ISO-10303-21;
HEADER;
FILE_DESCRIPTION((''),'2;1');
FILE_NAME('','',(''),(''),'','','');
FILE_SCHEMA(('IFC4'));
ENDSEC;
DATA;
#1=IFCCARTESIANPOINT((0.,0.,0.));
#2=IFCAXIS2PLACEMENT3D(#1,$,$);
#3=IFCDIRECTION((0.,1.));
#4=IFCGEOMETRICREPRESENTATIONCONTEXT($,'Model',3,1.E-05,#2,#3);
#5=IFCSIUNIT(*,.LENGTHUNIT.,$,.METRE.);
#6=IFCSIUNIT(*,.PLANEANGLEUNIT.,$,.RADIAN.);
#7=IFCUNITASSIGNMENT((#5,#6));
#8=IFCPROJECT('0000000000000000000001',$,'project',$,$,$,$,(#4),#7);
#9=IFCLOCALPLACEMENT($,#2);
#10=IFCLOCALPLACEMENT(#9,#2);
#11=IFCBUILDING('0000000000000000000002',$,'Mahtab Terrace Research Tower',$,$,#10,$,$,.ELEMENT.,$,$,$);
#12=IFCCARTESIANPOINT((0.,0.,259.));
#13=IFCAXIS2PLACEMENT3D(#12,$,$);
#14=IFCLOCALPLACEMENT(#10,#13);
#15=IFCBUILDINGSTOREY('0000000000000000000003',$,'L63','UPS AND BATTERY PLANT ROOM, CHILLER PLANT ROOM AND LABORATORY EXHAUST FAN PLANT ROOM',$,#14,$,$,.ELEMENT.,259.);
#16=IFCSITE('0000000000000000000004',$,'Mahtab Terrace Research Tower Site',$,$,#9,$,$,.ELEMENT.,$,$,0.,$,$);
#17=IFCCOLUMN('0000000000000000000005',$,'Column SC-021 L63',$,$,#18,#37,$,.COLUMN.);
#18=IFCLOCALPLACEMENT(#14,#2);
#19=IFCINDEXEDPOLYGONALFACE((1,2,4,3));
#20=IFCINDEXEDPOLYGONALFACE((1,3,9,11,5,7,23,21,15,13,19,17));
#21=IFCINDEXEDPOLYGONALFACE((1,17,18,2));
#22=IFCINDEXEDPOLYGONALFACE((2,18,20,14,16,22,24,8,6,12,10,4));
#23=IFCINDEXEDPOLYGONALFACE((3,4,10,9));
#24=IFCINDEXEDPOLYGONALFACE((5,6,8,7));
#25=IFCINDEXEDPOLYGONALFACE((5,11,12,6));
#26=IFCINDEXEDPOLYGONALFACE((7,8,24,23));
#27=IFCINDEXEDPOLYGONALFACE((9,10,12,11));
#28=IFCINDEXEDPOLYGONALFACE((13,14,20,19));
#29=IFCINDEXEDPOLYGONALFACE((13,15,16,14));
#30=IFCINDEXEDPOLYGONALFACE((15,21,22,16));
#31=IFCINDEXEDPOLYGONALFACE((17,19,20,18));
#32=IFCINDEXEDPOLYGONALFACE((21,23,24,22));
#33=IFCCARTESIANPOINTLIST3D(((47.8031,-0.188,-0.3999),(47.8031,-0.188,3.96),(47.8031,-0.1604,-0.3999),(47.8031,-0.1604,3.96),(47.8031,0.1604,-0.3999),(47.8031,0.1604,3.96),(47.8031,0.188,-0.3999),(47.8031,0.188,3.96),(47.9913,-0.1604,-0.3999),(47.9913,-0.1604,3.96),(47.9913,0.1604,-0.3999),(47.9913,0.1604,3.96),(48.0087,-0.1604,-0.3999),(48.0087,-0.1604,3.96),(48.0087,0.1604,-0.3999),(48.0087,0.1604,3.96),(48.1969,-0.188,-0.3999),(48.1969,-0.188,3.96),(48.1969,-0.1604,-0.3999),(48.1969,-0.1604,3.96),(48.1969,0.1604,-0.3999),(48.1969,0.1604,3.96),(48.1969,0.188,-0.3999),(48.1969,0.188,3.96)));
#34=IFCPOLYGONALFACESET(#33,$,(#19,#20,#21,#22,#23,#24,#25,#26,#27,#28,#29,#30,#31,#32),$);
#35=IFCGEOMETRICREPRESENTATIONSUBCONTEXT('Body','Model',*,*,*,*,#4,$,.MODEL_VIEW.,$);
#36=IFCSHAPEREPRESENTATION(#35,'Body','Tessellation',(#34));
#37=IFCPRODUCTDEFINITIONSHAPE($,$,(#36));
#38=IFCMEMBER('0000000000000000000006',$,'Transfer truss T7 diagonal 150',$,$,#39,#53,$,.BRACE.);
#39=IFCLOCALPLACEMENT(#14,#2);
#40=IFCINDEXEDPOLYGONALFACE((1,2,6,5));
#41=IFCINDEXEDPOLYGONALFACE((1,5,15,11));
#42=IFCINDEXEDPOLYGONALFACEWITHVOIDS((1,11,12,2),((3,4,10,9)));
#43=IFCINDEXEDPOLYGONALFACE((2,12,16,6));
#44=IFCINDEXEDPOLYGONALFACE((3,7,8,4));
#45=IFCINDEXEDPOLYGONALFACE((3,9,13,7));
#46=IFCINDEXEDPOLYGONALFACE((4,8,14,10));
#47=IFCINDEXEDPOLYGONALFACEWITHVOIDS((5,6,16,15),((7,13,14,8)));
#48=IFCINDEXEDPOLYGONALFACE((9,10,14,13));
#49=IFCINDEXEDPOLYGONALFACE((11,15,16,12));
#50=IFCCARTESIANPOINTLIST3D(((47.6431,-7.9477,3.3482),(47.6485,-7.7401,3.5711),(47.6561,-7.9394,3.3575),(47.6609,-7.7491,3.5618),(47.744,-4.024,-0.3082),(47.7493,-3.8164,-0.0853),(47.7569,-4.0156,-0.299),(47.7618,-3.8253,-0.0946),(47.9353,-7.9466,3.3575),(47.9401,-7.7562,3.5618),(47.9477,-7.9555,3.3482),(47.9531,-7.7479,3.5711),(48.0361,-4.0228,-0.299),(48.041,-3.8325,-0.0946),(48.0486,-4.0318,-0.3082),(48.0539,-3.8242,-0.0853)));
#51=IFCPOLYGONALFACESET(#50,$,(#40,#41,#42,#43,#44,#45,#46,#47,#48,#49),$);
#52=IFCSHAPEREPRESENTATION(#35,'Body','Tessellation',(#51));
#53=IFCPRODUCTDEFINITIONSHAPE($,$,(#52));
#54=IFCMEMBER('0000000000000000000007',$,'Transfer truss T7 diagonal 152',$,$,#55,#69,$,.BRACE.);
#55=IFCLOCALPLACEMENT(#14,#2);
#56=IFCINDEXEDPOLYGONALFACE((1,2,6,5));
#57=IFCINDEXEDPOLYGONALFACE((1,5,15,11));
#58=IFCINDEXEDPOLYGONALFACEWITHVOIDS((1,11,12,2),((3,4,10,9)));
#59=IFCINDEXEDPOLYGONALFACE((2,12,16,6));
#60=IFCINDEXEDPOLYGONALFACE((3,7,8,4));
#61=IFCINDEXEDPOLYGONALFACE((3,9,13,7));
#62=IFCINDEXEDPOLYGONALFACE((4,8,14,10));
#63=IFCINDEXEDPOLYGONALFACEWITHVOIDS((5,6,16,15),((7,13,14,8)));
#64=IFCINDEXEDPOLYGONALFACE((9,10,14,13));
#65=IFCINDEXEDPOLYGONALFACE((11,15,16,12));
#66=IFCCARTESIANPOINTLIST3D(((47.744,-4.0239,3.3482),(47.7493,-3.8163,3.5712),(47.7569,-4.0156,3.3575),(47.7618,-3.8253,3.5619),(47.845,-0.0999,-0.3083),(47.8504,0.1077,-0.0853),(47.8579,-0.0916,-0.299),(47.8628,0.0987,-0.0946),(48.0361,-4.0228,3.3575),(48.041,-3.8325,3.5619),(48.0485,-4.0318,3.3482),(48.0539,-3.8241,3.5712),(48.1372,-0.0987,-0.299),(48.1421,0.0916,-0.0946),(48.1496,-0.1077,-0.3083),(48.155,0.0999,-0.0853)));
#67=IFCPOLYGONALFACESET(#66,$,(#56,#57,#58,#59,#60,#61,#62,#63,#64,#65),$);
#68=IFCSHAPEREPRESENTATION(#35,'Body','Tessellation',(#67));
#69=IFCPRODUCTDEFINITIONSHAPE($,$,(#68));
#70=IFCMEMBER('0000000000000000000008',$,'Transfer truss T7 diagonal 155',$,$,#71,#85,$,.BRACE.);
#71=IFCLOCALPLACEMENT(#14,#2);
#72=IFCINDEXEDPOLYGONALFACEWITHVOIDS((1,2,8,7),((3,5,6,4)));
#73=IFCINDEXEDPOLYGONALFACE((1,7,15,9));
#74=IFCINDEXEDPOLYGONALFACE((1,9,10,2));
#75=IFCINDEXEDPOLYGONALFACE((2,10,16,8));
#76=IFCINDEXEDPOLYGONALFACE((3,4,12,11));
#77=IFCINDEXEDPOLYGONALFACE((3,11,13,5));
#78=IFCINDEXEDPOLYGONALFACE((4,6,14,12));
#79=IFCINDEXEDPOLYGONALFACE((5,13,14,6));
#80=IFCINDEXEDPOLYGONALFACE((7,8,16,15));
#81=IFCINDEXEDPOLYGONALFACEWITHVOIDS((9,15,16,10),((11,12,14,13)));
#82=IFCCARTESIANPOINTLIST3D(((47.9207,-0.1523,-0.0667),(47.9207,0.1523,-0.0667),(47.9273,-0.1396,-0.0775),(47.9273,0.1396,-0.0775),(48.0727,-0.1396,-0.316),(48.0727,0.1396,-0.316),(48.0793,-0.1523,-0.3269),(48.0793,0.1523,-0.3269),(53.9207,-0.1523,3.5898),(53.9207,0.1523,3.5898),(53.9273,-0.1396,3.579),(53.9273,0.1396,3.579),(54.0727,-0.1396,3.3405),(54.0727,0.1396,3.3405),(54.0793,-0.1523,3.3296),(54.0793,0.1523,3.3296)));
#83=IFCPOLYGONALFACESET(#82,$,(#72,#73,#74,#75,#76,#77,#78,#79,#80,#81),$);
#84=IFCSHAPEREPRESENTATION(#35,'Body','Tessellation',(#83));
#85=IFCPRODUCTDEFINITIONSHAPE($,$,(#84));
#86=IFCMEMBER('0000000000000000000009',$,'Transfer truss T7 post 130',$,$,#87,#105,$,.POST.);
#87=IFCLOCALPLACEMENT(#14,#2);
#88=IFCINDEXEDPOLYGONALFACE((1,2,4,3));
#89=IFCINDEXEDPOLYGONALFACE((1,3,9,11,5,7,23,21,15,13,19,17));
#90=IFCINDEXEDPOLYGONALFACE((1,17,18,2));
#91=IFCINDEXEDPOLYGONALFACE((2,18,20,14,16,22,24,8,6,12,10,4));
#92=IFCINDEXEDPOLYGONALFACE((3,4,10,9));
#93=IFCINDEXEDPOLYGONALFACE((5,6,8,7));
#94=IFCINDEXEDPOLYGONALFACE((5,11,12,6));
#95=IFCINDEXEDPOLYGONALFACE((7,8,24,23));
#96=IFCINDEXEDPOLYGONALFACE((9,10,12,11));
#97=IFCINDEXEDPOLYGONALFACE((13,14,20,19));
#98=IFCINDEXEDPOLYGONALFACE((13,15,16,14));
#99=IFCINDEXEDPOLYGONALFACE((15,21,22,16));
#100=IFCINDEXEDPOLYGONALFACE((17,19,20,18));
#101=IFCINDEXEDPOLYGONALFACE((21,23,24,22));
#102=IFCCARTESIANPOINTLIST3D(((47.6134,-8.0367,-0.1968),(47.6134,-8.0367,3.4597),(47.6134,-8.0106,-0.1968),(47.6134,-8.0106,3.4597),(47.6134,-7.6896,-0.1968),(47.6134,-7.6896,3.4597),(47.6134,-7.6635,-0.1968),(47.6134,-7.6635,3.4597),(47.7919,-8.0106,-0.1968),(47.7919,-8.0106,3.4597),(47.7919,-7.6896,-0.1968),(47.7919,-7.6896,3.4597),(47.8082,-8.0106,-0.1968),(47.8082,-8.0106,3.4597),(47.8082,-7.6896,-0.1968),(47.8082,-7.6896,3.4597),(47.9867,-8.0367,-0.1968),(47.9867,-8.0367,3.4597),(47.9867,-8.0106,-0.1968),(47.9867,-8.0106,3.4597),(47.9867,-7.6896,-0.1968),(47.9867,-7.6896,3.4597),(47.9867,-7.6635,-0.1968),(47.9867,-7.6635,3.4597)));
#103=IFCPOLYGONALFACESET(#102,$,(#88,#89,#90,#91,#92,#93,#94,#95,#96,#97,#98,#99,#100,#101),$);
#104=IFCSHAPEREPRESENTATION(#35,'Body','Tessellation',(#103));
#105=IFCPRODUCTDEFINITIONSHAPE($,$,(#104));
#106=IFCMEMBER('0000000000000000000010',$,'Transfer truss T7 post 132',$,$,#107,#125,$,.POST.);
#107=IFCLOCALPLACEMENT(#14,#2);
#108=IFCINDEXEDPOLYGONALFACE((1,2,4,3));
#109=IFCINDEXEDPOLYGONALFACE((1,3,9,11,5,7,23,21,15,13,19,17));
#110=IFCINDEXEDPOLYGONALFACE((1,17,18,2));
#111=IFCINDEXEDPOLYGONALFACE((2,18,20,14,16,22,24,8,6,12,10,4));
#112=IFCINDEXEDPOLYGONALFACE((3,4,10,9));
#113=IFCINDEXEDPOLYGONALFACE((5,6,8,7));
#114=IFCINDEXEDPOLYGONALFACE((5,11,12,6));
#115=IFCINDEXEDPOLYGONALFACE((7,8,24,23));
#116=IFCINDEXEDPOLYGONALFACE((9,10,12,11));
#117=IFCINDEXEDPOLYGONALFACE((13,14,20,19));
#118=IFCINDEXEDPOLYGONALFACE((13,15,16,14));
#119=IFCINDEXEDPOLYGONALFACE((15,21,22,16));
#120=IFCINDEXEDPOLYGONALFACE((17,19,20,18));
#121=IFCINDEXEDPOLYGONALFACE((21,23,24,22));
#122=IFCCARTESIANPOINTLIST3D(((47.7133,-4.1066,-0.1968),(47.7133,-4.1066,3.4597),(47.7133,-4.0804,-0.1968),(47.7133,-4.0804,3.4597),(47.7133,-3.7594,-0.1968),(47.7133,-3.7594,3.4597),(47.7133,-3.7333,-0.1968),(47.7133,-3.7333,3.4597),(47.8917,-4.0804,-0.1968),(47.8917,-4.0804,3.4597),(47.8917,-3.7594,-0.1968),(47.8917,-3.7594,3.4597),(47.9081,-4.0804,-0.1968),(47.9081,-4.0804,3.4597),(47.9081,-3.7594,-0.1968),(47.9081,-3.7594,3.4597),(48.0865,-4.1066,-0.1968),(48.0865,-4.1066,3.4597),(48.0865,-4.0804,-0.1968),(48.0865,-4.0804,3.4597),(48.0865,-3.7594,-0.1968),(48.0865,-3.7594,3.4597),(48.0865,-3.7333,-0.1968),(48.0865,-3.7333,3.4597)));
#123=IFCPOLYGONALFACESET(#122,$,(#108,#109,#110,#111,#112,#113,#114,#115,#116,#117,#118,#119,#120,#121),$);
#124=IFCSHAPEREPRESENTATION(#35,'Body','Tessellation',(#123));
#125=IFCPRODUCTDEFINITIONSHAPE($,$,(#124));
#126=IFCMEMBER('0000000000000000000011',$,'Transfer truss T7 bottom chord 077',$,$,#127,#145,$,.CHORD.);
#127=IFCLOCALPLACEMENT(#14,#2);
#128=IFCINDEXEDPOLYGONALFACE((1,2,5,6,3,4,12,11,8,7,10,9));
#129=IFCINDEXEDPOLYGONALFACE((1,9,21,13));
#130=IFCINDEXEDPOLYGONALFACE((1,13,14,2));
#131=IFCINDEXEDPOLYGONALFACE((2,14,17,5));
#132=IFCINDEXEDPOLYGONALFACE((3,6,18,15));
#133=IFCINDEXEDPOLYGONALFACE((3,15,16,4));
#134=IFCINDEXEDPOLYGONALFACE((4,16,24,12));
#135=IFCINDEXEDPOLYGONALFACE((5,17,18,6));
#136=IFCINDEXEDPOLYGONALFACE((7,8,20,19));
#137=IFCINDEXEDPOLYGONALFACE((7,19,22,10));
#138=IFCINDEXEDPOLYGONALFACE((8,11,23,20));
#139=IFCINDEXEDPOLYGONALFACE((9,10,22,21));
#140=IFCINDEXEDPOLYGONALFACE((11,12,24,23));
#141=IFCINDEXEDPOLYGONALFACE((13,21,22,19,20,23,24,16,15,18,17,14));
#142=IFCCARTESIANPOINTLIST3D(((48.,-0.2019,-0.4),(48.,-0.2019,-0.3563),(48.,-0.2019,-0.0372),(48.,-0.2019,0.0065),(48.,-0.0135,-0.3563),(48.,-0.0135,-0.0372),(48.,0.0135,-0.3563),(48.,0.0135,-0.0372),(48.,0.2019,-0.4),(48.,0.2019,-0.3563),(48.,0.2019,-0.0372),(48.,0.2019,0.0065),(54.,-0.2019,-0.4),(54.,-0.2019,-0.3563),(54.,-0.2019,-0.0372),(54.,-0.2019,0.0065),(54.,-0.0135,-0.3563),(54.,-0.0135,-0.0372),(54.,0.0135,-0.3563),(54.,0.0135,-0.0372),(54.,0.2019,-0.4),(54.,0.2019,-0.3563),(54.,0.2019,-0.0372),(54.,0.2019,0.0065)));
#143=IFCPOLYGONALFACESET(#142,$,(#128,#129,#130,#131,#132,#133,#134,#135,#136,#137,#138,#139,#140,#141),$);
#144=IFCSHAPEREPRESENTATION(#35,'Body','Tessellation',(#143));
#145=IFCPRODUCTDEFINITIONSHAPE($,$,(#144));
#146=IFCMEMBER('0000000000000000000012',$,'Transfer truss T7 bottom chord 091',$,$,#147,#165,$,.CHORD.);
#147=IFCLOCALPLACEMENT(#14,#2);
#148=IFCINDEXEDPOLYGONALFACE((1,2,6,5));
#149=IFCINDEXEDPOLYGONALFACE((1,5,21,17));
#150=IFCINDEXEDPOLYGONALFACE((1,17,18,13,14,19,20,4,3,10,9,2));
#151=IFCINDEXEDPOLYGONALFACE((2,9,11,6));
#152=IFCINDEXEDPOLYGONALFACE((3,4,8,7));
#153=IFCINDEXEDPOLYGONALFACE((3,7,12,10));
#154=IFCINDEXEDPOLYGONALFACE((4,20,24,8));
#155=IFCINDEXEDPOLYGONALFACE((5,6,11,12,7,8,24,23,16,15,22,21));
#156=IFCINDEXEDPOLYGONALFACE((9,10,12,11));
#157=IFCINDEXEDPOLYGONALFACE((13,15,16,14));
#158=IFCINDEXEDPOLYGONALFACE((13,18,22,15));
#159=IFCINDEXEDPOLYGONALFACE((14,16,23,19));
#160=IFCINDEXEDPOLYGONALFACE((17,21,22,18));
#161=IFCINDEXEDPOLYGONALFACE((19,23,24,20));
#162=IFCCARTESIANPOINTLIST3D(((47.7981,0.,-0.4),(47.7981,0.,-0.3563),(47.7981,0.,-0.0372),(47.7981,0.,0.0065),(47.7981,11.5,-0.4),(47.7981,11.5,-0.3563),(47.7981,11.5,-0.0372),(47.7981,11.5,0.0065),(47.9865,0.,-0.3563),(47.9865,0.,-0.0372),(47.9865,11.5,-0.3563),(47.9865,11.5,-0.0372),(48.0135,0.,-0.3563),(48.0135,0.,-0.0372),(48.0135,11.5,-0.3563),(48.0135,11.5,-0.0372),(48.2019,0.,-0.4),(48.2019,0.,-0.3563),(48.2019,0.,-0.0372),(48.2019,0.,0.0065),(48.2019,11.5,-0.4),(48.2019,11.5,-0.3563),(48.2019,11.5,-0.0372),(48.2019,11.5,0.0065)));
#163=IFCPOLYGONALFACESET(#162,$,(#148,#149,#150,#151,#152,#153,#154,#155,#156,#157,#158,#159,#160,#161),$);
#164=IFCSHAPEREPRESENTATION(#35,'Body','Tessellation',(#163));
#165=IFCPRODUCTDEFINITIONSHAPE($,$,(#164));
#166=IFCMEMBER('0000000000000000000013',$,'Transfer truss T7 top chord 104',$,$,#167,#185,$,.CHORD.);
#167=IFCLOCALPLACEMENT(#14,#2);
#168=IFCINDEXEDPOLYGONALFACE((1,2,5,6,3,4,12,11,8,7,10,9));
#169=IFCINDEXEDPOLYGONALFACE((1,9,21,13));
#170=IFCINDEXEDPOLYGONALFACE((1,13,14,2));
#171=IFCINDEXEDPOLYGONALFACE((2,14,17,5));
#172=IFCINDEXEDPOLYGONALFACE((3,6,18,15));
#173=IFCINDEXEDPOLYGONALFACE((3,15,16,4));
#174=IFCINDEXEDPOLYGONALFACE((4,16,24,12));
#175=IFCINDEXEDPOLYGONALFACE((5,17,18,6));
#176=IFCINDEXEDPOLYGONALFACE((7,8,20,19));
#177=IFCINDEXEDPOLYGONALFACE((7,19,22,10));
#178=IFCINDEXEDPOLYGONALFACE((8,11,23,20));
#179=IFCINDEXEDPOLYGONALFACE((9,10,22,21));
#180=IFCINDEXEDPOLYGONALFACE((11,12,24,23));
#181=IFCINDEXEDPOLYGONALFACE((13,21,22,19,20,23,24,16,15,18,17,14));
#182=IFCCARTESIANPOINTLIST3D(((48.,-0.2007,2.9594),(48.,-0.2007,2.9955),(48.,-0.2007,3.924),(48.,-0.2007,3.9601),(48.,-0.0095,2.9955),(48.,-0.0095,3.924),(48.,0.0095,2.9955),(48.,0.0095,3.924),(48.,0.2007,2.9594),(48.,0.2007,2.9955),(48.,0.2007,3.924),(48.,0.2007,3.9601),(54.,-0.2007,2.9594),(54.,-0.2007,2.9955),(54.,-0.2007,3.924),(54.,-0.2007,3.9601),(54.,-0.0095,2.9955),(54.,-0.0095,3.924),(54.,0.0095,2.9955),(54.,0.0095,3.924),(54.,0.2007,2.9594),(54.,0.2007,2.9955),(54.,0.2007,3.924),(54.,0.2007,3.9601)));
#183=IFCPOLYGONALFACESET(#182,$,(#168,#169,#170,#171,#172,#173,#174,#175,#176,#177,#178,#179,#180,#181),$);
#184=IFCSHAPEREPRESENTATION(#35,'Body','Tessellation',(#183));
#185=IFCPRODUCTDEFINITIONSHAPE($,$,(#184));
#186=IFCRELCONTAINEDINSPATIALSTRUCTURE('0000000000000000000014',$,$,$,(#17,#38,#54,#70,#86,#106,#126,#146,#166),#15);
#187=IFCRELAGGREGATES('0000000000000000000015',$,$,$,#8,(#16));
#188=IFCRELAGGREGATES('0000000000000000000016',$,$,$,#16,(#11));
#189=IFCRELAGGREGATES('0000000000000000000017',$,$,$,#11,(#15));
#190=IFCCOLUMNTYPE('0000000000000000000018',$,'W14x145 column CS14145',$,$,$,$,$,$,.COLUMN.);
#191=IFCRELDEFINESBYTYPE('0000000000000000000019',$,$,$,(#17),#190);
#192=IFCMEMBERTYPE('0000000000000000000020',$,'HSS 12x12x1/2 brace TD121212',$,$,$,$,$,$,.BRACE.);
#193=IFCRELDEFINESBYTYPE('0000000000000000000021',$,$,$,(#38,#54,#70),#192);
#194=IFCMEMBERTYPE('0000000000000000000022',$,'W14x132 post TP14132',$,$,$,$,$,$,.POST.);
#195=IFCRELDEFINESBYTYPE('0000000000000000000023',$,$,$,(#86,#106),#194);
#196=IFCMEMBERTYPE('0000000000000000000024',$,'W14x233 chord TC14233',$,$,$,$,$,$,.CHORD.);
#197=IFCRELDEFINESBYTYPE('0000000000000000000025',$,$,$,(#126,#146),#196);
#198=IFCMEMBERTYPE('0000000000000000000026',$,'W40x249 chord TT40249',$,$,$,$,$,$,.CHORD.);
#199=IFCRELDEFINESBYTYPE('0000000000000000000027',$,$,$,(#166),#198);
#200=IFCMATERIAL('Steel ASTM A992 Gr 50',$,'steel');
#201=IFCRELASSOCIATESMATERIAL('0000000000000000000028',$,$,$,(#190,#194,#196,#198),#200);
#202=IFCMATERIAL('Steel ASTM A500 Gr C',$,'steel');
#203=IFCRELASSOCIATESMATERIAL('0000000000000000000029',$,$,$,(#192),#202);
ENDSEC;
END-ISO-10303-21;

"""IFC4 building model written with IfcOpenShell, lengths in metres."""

from ifc_helpers import new_model, si_unit, direction, frame, origin, origin_2d, place, context, subcontext, project, spatial, hollow_rectangle, i_section, extrude, material, material_profile, profile_set, type_object, element, save


model = new_model("IFC4")

# Units and contexts
model_context = context("Model", 3, precision=1e-05, world=origin(), true_north=direction((0.0, 1.0)))
body_context = subcontext(model_context, "Body", "Model", "MODEL_VIEW")
ifc_project = project(units=[si_unit("LENGTHUNIT", "METRE"), si_unit("PLANEANGLEUNIT", "RADIAN")], contexts=[model_context])

# Site, building, storey
site_placement = place(None, origin())
site = spatial("IfcSite", under=ifc_project, at=site_placement, Name="Mahtab Terrace Research Tower Site", CompositionType="ELEMENT", RefElevation=0.0)
building_placement = place(site_placement, origin())
building = spatial("IfcBuilding", under=site, at=building_placement, Name="Mahtab Terrace Research Tower", CompositionType="ELEMENT")
storey_placement = place(building_placement, frame((0.0, 0.0, 259.0)))
storey = spatial("IfcBuildingStorey", under=building, at=storey_placement, Name="L63", Description="UPS AND BATTERY PLANT ROOM, CHILLER PLANT ROOM AND LABORATORY EXHAUST FAN PLANT ROOM", CompositionType="ELEMENT", Elevation=259.0)

# Column
ifc_material_1 = material(Name="Steel ASTM A992 Gr 50", Category="steel")
ifc_material_profile_1 = material_profile(ifc_material_1, i_section(OverallWidth=0.3938, OverallDepth=0.376, WebThickness=0.0173, FlangeThickness=0.0276, at=origin_2d()), Name="W14X145")
ifc_profile_set_1 = profile_set([ifc_material_profile_1], Name="Steel ASTM A992 Gr 50")
column_type = type_object("IfcColumnType", Name="W14x145 column CS14145", PredefinedType="COLUMN", material=ifc_profile_set_1)
column_placement = place(storey_placement, frame((48.0, 0.0, -0.3999), z_axis=(0.0, 0.0, 1.0), x_axis=(1.0, 0.0, 0.0)))
element("IfcColumn", 1, at=column_placement, inside=storey, type_object=column_type, Name="Column SC-021 L63", PredefinedType="COLUMN", context=body_context, shape_type="SweptSolid", body=[
    extrude(i_section(OverallWidth=0.3938, OverallDepth=0.376, WebThickness=0.0173, FlangeThickness=0.0276, at=origin_2d()), origin(), (0.0, 0.0, 1.0), 4.3599),
])

# Members
ifc_material_2 = material(Name="Steel ASTM A500 Gr C", Category="steel")
ifc_material_profile_2 = material_profile(ifc_material_2, hollow_rectangle(XDim=0.3047, YDim=0.3047, WallThickness=0.0127, at=origin_2d()), Name="HSS12X12X1/2")
ifc_profile_set_2 = profile_set([ifc_material_profile_2], Name="Steel ASTM A500 Gr C")
member_type_1 = type_object("IfcMemberType", Name="HSS 12x12x1/2 brace TD121212", PredefinedType="BRACE", material=ifc_profile_set_2)
member_1_placement = place(storey_placement, frame((47.8989, -3.9241, -0.1968), z_axis=(-0.018796, -0.73146, 0.681625), x_axis=(0.99967, -0.025688, 0.0)))
element("IfcMember", 2, at=member_1_placement, inside=storey, type_object=member_type_1, Name="Transfer truss T7 diagonal 150", PredefinedType="BRACE", context=body_context, shape_type="SweptSolid", body=[
    extrude(hollow_rectangle(XDim=0.3047, YDim=0.3047, WallThickness=0.0127, at=origin_2d()), origin(), (0.0, 0.0, 1.0), 5.3643),
])
member_2_placement = place(storey_placement, frame((48.0, 0.0, -0.1968), z_axis=(-0.018841, -0.731481, 0.681602), x_axis=(0.999668, -0.025749, 0.0)))
element("IfcMember", 3, at=member_2_placement, inside=storey, type_object=member_type_1, Name="Transfer truss T7 diagonal 152", PredefinedType="BRACE", context=body_context, shape_type="SweptSolid", body=[
    extrude(hollow_rectangle(XDim=0.3047, YDim=0.3047, WallThickness=0.0127, at=origin_2d()), origin(), (0.0, 0.0, 1.0), 5.3645),
])
member_3_placement = place(storey_placement, frame((48.0, 0.0, -0.1968), z_axis=(0.853925, 0.0, 0.520396), x_axis=(0.0, 1.0, 0.0)))
element("IfcMember", 4, at=member_3_placement, inside=storey, type_object=member_type_1, Name="Transfer truss T7 diagonal 155", PredefinedType="BRACE", context=body_context, shape_type="SweptSolid", body=[
    extrude(hollow_rectangle(XDim=0.3047, YDim=0.3047, WallThickness=0.0127, at=origin_2d()), origin(), (0.0, 0.0, 1.0), 7.0264),
])
ifc_material_profile_3 = material_profile(ifc_material_1, i_section(OverallWidth=0.3733, OverallDepth=0.3733, WebThickness=0.0164, FlangeThickness=0.0261, at=origin_2d()), Name="W14X132")
ifc_profile_set_3 = profile_set([ifc_material_profile_3], Name="Steel ASTM A992 Gr 50")
member_type_2 = type_object("IfcMemberType", Name="W14x132 post TP14132", PredefinedType="POST", material=ifc_profile_set_3)
for number, where, z_axis, x_axis, name in (
    (5, (47.8, -7.8501, -0.1968), (0.0, 0.0, 1.0), (1.0, 0.0, 0.0), "Transfer truss T7 post 130"),
    (6, (47.8999, -3.9199, -0.1968), (0.0, 0.0, 1.0), (1.0, 0.0, 0.0), "Transfer truss T7 post 132"),
):
    element("IfcMember", number, at=place(storey_placement, frame(where, z_axis=z_axis, x_axis=x_axis)), inside=storey, type_object=member_type_2, Name=name, PredefinedType="POST", context=body_context, shape_type="SweptSolid", body=[
        extrude(i_section(OverallWidth=0.3733, OverallDepth=0.3733, WebThickness=0.0164, FlangeThickness=0.0261, at=origin_2d()), origin(), (0.0, 0.0, 1.0), 3.6565),
    ])
ifc_material_profile_4 = material_profile(ifc_material_1, i_section(OverallWidth=0.4038, OverallDepth=0.4065, WebThickness=0.0271, FlangeThickness=0.0437, at=origin_2d()), Name="W14X233")
ifc_profile_set_4 = profile_set([ifc_material_profile_4], Name="Steel ASTM A992 Gr 50")
member_type_3 = type_object("IfcMemberType", Name="W14x233 chord TC14233", PredefinedType="CHORD", material=ifc_profile_set_4)
member_4_placement = place(storey_placement, frame((48.0, 0.0, -0.1968), z_axis=(1.0, 0.0, 0.0), x_axis=(0.0, 1.0, 0.0)))
element("IfcMember", 7, at=member_4_placement, inside=storey, type_object=member_type_3, Name="Transfer truss T7 bottom chord 077", PredefinedType="CHORD", context=body_context, shape_type="SweptSolid", body=[
    extrude(i_section(OverallWidth=0.4038, OverallDepth=0.4065, WebThickness=0.0271, FlangeThickness=0.0437, at=origin_2d()), origin(), (0.0, 0.0, 1.0), 6.0),
])
member_5_placement = place(storey_placement, frame((48.0, 0.0, -0.1968), z_axis=(0.0, 1.0, 0.0), x_axis=(-1.0, 0.0, 0.0)))
element("IfcMember", 8, at=member_5_placement, inside=storey, type_object=member_type_3, Name="Transfer truss T7 bottom chord 091", PredefinedType="CHORD", context=body_context, shape_type="SweptSolid", body=[
    extrude(i_section(OverallWidth=0.4038, OverallDepth=0.4065, WebThickness=0.0271, FlangeThickness=0.0437, at=origin_2d()), origin(), (0.0, 0.0, 1.0), 11.5),
])
ifc_material_profile_5 = material_profile(ifc_material_1, i_section(OverallWidth=0.4014, OverallDepth=1.0007, WebThickness=0.019, FlangeThickness=0.0361, at=origin_2d()), Name="W40X249")
ifc_profile_set_5 = profile_set([ifc_material_profile_5], Name="Steel ASTM A992 Gr 50")
member_type_4 = type_object("IfcMemberType", Name="W40x249 chord TT40249", PredefinedType="CHORD", material=ifc_profile_set_5)
member_6_placement = place(storey_placement, frame((48.0, 0.0, 3.4597), z_axis=(1.0, 0.0, 0.0), x_axis=(0.0, 1.0, 0.0)))
element("IfcMember", 9, at=member_6_placement, inside=storey, type_object=member_type_4, Name="Transfer truss T7 top chord 104", PredefinedType="CHORD", context=body_context, shape_type="SweptSolid", body=[
    extrude(i_section(OverallWidth=0.4014, OverallDepth=1.0007, WebThickness=0.019, FlangeThickness=0.0361, at=origin_2d()), origin(), (0.0, 0.0, 1.0), 6.0),
])

save(model, "model.ifc")
